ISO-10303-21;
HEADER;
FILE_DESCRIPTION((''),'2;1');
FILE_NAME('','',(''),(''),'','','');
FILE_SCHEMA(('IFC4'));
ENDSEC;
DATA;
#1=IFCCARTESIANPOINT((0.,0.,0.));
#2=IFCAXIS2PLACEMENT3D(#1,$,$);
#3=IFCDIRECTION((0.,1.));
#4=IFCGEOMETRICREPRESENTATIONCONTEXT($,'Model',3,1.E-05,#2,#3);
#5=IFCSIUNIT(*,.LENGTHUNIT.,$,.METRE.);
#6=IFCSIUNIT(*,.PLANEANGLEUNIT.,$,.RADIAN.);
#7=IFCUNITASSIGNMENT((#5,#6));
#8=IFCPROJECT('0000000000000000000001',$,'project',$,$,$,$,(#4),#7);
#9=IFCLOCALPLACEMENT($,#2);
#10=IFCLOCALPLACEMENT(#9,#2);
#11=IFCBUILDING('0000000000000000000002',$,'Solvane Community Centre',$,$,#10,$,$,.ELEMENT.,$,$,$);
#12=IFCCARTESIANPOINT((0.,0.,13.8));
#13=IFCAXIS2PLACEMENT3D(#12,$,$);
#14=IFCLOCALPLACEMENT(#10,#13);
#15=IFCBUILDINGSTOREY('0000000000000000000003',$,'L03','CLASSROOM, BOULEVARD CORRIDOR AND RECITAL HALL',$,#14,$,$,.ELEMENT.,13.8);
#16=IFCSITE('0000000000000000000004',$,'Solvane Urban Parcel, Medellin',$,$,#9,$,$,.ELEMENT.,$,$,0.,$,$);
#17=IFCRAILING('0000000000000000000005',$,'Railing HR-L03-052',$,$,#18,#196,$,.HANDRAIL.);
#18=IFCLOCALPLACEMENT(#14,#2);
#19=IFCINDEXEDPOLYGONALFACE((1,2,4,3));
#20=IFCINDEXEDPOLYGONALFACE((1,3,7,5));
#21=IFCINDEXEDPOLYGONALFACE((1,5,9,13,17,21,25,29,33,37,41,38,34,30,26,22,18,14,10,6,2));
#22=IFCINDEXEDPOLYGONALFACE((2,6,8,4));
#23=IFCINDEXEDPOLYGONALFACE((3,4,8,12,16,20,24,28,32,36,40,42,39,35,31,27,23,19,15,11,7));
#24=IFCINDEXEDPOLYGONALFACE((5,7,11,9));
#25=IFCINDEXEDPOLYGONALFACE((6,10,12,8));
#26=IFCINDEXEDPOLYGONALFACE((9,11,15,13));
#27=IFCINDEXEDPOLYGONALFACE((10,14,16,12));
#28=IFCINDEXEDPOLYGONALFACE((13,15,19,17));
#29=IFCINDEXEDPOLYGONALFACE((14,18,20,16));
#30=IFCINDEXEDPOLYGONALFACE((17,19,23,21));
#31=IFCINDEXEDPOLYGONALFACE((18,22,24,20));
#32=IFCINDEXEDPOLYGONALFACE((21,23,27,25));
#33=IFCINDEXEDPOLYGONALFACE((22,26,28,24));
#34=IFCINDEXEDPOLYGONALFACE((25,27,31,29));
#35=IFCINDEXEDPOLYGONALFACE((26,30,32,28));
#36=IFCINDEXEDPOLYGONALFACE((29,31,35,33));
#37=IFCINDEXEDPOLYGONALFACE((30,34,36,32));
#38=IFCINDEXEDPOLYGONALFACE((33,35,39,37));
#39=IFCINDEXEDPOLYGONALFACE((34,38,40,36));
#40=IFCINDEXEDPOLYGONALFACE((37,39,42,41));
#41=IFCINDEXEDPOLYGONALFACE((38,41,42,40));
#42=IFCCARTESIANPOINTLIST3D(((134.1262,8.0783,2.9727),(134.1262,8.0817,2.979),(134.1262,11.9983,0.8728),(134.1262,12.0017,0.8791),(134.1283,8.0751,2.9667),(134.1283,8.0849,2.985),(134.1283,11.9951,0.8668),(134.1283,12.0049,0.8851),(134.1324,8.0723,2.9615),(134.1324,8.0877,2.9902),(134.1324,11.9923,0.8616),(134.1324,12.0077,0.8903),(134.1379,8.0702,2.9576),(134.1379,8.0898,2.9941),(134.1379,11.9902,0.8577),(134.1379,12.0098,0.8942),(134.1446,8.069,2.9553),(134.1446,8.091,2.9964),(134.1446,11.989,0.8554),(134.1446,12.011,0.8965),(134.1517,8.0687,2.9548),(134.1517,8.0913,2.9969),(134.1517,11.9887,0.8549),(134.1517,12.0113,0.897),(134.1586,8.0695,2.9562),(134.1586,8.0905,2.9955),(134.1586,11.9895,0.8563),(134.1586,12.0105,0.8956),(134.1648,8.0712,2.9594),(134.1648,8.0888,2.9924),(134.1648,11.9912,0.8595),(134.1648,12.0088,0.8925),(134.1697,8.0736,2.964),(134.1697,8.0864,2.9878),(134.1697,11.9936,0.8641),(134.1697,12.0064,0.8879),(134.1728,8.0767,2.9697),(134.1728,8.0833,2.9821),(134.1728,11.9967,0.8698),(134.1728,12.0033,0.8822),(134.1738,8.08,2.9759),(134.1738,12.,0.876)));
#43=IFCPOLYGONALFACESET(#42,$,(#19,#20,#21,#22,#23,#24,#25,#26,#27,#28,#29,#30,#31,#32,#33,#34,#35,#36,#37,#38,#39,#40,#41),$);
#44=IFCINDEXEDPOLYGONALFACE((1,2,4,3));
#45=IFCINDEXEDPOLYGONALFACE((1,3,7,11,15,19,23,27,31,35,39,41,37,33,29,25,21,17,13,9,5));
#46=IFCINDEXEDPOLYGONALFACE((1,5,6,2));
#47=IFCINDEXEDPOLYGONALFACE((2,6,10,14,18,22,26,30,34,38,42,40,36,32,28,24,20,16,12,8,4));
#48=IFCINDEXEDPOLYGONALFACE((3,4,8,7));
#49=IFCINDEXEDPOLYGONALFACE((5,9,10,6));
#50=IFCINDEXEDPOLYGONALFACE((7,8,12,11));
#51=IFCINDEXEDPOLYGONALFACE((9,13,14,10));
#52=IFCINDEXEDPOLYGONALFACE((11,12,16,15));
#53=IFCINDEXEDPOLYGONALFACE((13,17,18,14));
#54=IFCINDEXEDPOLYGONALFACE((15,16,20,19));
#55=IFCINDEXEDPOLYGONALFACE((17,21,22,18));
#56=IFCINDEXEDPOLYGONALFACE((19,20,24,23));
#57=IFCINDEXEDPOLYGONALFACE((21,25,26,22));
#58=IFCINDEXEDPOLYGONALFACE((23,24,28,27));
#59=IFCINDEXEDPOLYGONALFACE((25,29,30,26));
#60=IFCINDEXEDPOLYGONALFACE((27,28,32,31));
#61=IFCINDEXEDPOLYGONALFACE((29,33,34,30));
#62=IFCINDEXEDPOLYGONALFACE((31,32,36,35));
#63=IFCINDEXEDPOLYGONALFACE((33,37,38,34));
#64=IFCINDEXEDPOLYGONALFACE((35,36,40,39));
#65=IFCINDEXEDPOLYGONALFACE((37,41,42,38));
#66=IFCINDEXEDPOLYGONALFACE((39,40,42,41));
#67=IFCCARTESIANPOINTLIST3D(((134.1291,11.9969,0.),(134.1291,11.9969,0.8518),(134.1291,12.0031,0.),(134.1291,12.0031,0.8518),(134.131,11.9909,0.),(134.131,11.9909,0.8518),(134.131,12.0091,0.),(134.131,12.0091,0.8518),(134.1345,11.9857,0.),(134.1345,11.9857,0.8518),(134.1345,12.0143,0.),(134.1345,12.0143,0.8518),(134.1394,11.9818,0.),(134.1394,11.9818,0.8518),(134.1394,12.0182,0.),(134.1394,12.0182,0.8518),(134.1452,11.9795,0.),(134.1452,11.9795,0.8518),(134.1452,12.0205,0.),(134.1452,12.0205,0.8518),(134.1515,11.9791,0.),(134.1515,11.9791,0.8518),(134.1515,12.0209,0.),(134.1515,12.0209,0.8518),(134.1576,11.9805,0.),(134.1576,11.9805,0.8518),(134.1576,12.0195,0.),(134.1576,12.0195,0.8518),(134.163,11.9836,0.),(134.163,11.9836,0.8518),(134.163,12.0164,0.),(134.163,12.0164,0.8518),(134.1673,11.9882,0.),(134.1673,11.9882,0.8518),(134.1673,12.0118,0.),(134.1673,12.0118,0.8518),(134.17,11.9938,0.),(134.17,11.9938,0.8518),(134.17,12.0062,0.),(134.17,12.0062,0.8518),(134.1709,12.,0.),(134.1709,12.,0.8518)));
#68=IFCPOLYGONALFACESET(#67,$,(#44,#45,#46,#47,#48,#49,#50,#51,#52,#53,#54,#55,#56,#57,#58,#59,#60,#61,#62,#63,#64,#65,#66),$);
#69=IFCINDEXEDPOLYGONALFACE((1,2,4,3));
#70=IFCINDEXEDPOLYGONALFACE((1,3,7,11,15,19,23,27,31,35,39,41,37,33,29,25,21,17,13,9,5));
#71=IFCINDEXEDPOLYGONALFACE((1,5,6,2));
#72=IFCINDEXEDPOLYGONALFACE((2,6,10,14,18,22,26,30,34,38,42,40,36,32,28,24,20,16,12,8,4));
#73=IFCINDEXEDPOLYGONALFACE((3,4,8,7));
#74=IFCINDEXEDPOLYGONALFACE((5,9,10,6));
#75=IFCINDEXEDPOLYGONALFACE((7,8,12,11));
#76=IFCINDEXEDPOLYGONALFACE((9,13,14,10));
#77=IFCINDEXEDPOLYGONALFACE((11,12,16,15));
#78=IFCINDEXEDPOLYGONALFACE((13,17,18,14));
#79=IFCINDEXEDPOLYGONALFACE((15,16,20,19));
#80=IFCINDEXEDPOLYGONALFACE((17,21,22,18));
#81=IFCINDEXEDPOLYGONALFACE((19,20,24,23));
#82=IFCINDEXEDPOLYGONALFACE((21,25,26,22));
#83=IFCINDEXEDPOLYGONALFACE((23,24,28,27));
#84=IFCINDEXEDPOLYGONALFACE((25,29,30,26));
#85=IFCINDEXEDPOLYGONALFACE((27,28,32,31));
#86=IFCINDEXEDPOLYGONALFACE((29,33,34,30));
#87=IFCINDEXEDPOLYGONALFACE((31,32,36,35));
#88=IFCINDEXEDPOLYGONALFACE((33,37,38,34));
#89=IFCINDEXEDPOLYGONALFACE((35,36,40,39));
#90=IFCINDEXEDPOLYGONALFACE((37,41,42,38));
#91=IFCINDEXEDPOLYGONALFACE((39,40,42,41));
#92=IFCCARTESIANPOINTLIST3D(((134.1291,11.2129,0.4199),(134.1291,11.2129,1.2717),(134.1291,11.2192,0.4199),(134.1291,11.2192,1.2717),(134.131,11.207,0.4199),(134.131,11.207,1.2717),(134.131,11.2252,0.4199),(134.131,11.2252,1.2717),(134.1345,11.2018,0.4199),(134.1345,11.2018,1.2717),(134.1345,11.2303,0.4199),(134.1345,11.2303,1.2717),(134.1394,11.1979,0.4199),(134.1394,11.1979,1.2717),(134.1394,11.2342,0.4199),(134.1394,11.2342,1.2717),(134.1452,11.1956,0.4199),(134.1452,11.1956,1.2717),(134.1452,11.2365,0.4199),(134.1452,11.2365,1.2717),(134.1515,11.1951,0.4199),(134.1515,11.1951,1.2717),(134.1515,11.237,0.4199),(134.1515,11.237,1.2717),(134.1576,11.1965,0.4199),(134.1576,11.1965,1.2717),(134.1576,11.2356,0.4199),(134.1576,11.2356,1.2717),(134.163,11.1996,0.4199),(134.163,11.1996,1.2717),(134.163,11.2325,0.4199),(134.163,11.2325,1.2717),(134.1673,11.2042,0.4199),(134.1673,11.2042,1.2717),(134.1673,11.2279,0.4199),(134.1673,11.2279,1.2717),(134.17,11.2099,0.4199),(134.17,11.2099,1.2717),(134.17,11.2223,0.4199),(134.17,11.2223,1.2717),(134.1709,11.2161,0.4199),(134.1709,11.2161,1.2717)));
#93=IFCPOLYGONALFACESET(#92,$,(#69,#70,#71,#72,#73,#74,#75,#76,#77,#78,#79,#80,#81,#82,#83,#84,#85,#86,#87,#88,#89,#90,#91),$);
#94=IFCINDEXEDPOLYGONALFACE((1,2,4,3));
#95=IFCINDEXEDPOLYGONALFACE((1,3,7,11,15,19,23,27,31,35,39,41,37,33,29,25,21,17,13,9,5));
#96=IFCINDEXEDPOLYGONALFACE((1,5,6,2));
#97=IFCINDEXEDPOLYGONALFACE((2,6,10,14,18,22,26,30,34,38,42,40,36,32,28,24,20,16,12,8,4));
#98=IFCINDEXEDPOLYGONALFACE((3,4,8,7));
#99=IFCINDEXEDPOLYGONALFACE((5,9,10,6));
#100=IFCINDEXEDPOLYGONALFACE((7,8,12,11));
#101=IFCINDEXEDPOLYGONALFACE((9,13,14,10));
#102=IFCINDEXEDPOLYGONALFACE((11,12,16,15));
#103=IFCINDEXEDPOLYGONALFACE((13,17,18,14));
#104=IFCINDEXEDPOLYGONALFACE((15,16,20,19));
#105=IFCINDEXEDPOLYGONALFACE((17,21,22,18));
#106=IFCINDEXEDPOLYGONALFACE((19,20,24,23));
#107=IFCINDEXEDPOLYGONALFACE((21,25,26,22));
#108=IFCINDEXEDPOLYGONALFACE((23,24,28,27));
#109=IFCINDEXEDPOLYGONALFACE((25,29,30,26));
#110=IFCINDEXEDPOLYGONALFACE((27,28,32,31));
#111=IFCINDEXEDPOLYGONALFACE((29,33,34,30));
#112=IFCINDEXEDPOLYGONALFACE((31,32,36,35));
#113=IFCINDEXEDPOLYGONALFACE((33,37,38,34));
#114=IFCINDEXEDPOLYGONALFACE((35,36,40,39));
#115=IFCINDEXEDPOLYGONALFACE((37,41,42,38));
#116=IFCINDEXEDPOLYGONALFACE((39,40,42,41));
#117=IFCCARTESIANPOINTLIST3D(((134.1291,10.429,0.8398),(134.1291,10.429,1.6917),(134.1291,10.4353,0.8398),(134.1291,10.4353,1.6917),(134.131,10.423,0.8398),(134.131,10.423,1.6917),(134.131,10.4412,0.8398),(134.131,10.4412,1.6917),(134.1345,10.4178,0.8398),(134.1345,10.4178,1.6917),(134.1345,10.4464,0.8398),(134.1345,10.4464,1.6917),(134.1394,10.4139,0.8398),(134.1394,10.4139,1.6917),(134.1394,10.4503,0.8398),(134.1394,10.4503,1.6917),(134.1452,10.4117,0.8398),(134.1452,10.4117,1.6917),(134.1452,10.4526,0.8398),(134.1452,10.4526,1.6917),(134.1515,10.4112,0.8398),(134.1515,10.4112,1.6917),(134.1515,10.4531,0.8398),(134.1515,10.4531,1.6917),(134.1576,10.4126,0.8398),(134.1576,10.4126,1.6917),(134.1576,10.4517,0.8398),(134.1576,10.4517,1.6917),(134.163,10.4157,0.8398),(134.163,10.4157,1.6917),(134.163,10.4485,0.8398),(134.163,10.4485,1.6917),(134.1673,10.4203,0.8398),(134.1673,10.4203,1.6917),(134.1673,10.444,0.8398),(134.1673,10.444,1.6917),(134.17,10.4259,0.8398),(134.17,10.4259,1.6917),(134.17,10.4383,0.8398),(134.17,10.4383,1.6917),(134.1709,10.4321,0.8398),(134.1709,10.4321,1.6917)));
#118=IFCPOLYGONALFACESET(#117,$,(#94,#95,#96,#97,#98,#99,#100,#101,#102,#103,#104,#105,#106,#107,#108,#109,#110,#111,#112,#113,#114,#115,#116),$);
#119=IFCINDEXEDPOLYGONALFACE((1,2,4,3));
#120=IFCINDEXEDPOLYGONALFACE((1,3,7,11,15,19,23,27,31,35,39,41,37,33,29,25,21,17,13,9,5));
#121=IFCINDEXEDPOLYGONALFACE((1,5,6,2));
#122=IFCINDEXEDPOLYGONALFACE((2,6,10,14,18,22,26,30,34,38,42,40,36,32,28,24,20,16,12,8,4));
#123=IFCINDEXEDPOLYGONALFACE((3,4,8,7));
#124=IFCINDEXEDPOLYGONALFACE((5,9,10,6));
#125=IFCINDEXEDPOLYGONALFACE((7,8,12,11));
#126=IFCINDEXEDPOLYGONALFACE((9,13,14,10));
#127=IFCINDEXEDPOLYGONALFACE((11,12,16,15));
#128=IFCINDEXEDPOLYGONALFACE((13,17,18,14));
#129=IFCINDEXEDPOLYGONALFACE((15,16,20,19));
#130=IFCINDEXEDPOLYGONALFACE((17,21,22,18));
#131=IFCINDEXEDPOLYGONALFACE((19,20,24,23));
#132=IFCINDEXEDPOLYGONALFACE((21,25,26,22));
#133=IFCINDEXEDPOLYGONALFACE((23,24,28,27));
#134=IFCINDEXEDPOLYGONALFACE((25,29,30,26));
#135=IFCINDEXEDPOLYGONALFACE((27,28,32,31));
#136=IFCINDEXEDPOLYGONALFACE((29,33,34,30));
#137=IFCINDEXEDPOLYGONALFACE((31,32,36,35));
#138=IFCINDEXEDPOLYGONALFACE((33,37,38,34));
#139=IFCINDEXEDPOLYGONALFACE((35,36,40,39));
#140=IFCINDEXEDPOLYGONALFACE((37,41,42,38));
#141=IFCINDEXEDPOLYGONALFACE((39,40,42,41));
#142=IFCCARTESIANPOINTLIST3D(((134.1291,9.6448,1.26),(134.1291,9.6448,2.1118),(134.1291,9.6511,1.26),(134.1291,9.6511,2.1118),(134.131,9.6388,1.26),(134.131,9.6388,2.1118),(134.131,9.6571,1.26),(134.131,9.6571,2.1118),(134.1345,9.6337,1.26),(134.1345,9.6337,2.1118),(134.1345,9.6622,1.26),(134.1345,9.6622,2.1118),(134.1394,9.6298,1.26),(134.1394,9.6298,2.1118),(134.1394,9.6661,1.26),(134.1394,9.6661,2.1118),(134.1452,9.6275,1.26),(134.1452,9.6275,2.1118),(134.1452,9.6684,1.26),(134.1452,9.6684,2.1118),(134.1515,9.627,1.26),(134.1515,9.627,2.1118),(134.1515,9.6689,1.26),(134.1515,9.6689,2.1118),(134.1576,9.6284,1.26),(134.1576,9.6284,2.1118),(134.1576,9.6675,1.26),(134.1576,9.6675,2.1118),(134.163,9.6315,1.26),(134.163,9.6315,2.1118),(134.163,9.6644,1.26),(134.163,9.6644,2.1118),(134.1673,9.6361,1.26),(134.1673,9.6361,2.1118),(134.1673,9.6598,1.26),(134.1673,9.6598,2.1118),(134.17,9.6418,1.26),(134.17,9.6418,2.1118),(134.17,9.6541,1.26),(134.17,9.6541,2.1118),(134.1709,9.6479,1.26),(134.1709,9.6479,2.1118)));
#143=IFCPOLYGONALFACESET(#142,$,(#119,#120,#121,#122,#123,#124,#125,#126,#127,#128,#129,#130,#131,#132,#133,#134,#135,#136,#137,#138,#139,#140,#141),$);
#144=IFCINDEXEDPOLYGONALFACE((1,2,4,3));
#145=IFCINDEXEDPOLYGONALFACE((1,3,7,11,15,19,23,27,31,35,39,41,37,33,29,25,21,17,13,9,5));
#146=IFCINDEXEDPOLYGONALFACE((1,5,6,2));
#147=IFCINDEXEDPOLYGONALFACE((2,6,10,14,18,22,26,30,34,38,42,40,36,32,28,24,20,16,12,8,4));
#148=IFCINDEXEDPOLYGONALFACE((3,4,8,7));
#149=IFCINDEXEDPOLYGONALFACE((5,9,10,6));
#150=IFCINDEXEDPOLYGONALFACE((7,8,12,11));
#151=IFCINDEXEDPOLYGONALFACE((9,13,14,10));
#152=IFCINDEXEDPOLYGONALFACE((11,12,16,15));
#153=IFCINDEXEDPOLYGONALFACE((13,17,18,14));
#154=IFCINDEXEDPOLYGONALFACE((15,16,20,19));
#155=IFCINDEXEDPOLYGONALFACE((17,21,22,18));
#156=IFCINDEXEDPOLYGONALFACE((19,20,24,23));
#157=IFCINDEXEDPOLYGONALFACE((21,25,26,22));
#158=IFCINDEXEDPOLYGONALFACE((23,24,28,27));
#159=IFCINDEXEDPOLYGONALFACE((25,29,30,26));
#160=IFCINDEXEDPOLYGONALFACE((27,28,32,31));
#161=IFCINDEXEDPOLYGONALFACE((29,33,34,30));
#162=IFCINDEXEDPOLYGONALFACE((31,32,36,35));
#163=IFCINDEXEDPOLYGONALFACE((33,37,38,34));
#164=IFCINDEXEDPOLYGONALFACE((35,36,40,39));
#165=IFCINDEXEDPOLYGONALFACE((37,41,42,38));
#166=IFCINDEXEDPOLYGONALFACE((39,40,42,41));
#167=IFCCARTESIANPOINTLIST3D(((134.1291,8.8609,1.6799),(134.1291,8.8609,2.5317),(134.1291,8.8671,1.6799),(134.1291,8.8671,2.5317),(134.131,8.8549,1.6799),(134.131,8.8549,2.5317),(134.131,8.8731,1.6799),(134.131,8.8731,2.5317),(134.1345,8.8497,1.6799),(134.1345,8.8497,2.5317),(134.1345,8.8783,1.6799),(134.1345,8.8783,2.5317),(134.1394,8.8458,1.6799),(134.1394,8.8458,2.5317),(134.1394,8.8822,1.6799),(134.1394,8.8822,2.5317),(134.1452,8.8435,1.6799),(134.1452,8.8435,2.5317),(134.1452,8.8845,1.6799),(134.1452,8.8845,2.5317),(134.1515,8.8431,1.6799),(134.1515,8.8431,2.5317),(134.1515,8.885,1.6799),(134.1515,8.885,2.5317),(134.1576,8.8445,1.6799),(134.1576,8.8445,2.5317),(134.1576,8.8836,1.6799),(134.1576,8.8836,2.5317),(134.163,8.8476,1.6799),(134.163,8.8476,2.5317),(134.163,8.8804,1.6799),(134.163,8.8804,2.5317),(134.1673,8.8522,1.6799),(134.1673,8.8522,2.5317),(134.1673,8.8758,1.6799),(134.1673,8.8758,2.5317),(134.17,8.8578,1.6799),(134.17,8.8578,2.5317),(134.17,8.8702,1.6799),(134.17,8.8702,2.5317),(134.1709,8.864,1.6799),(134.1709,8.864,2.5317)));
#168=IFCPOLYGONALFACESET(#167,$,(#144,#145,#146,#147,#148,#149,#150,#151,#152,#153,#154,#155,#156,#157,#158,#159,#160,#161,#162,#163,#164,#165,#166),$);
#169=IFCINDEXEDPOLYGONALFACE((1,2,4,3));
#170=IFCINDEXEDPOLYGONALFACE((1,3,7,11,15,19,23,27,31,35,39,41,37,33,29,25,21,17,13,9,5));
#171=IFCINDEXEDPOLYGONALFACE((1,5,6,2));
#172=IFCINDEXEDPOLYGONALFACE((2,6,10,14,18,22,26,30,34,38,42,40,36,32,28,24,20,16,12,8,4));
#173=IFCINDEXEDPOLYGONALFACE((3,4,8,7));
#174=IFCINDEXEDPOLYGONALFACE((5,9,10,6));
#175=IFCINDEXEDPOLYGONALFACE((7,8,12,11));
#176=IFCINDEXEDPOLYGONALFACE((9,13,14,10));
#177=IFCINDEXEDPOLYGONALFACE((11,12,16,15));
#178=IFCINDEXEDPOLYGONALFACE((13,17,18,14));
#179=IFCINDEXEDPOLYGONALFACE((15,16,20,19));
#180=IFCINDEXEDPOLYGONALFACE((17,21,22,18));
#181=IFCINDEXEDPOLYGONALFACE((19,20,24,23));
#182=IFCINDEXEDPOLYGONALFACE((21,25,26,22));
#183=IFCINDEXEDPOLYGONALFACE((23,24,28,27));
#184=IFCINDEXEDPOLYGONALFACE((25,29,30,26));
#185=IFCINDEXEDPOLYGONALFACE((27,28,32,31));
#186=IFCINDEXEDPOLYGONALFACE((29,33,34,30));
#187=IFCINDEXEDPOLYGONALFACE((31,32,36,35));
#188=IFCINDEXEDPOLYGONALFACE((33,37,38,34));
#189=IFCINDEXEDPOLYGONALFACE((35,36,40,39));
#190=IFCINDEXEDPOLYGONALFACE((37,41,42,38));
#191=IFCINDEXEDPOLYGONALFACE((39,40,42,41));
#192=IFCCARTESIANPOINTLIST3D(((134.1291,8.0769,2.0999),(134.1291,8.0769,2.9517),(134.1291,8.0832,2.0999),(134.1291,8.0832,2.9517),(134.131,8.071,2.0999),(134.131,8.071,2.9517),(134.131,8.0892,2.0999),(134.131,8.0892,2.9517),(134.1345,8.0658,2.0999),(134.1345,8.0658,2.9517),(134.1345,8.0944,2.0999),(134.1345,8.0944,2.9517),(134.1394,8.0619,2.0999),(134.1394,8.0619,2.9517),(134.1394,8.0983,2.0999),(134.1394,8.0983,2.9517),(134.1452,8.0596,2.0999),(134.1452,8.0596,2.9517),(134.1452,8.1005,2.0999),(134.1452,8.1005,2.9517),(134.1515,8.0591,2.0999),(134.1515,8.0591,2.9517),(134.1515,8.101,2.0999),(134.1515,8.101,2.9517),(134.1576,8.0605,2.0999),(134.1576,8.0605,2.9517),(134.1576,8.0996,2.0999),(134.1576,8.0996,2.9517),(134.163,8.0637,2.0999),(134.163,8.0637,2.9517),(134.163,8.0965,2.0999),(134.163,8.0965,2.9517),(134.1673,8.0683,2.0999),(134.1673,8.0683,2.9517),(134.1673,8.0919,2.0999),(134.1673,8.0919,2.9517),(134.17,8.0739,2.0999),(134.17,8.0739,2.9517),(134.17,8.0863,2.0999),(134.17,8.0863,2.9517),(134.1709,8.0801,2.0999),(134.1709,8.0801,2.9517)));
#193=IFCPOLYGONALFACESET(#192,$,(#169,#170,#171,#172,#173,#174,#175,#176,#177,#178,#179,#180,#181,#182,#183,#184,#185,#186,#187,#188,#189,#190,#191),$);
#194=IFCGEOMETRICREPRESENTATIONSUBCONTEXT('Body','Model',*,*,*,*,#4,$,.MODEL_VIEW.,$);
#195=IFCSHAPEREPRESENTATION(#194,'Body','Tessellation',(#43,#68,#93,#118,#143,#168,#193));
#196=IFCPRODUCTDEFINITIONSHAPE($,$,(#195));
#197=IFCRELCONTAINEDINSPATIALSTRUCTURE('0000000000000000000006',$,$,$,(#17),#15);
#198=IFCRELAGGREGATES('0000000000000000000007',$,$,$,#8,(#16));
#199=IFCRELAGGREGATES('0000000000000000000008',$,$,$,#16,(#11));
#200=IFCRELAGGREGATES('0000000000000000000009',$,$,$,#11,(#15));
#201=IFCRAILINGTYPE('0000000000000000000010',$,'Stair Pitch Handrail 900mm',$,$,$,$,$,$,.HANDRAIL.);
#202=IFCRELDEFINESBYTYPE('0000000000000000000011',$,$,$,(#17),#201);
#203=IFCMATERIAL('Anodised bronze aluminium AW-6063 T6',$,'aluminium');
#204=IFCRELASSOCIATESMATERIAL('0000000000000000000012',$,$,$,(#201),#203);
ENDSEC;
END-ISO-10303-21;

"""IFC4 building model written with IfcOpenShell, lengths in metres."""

from ifc_helpers import new_model, si_unit, direction, frame, origin, origin_2d, place, context, subcontext, project, spatial, circle, extrude, material, type_object, element, save


model = new_model("IFC4")

# Units and contexts
model_context = context("Model", 3, precision=1e-05, world=origin(), true_north=direction((0.0, 1.0)))
body_context = subcontext(model_context, "Body", "Model", "MODEL_VIEW")
ifc_project = project(units=[si_unit("LENGTHUNIT", "METRE"), si_unit("PLANEANGLEUNIT", "RADIAN")], contexts=[model_context])

# Site, building, storey
site_placement = place(None, origin())
site = spatial("IfcSite", under=ifc_project, at=site_placement, Name="Solvane Urban Parcel, Medellin", CompositionType="ELEMENT", RefElevation=0.0)
building_placement = place(site_placement, origin())
building = spatial("IfcBuilding", under=site, at=building_placement, Name="Solvane Community Centre", CompositionType="ELEMENT")
storey_placement = place(building_placement, frame((0.0, 0.0, 13.8)))
storey = spatial("IfcBuildingStorey", under=building, at=storey_placement, Name="L03", Description="CLASSROOM, BOULEVARD CORRIDOR AND RECITAL HALL", CompositionType="ELEMENT", Elevation=13.8)

# Shared definitions
ifc_material_1 = material(Name="Anodised bronze aluminium AW-6063 T6", Category="aluminium")

# Railing
railing_type_1 = type_object("IfcRailingType", Name="Stair Pitch Handrail 900mm", PredefinedType="HANDRAIL", material=ifc_material_1)
railing_1_placement = place(storey_placement, frame((134.1499, 12.0, 0.0)))
element("IfcRailing", 1, at=railing_1_placement, inside=storey, type_object=railing_type_1, Name="Railing HR-L03-052", PredefinedType="HANDRAIL", context=body_context, shape_type="SweptSolid", body=[
    extrude(circle(Radius=0.0239, at=origin_2d()), frame((0.0, 0.0, 0.876), z_axis=(0.0, -0.88149, 0.472203), x_axis=(1.0, 0.0, 0.0)), (0.0, 0.0, 1.0), 4.447),
    extrude(circle(Radius=0.021, at=origin_2d()), origin(), (0.0, 0.0, 1.0), 0.8518),
    extrude(circle(Radius=0.021, at=origin_2d()), frame((0.0, -0.7839, 0.4199)), (0.0, 0.0, 1.0), 0.8518),
    extrude(circle(Radius=0.021, at=origin_2d()), frame((0.0, -1.5679, 0.8398)), (0.0, 0.0, 1.0), 0.8518),
    extrude(circle(Radius=0.021, at=origin_2d()), frame((0.0, -2.3521, 1.26)), (0.0, 0.0, 1.0), 0.8518),
    extrude(circle(Radius=0.021, at=origin_2d()), frame((0.0, -3.136, 1.6799)), (0.0, 0.0, 1.0), 0.8518),
    extrude(circle(Radius=0.021, at=origin_2d()), frame((0.0, -3.9199, 2.0999)), (0.0, 0.0, 1.0), 0.8518),
])

save(model, "model.ifc")
